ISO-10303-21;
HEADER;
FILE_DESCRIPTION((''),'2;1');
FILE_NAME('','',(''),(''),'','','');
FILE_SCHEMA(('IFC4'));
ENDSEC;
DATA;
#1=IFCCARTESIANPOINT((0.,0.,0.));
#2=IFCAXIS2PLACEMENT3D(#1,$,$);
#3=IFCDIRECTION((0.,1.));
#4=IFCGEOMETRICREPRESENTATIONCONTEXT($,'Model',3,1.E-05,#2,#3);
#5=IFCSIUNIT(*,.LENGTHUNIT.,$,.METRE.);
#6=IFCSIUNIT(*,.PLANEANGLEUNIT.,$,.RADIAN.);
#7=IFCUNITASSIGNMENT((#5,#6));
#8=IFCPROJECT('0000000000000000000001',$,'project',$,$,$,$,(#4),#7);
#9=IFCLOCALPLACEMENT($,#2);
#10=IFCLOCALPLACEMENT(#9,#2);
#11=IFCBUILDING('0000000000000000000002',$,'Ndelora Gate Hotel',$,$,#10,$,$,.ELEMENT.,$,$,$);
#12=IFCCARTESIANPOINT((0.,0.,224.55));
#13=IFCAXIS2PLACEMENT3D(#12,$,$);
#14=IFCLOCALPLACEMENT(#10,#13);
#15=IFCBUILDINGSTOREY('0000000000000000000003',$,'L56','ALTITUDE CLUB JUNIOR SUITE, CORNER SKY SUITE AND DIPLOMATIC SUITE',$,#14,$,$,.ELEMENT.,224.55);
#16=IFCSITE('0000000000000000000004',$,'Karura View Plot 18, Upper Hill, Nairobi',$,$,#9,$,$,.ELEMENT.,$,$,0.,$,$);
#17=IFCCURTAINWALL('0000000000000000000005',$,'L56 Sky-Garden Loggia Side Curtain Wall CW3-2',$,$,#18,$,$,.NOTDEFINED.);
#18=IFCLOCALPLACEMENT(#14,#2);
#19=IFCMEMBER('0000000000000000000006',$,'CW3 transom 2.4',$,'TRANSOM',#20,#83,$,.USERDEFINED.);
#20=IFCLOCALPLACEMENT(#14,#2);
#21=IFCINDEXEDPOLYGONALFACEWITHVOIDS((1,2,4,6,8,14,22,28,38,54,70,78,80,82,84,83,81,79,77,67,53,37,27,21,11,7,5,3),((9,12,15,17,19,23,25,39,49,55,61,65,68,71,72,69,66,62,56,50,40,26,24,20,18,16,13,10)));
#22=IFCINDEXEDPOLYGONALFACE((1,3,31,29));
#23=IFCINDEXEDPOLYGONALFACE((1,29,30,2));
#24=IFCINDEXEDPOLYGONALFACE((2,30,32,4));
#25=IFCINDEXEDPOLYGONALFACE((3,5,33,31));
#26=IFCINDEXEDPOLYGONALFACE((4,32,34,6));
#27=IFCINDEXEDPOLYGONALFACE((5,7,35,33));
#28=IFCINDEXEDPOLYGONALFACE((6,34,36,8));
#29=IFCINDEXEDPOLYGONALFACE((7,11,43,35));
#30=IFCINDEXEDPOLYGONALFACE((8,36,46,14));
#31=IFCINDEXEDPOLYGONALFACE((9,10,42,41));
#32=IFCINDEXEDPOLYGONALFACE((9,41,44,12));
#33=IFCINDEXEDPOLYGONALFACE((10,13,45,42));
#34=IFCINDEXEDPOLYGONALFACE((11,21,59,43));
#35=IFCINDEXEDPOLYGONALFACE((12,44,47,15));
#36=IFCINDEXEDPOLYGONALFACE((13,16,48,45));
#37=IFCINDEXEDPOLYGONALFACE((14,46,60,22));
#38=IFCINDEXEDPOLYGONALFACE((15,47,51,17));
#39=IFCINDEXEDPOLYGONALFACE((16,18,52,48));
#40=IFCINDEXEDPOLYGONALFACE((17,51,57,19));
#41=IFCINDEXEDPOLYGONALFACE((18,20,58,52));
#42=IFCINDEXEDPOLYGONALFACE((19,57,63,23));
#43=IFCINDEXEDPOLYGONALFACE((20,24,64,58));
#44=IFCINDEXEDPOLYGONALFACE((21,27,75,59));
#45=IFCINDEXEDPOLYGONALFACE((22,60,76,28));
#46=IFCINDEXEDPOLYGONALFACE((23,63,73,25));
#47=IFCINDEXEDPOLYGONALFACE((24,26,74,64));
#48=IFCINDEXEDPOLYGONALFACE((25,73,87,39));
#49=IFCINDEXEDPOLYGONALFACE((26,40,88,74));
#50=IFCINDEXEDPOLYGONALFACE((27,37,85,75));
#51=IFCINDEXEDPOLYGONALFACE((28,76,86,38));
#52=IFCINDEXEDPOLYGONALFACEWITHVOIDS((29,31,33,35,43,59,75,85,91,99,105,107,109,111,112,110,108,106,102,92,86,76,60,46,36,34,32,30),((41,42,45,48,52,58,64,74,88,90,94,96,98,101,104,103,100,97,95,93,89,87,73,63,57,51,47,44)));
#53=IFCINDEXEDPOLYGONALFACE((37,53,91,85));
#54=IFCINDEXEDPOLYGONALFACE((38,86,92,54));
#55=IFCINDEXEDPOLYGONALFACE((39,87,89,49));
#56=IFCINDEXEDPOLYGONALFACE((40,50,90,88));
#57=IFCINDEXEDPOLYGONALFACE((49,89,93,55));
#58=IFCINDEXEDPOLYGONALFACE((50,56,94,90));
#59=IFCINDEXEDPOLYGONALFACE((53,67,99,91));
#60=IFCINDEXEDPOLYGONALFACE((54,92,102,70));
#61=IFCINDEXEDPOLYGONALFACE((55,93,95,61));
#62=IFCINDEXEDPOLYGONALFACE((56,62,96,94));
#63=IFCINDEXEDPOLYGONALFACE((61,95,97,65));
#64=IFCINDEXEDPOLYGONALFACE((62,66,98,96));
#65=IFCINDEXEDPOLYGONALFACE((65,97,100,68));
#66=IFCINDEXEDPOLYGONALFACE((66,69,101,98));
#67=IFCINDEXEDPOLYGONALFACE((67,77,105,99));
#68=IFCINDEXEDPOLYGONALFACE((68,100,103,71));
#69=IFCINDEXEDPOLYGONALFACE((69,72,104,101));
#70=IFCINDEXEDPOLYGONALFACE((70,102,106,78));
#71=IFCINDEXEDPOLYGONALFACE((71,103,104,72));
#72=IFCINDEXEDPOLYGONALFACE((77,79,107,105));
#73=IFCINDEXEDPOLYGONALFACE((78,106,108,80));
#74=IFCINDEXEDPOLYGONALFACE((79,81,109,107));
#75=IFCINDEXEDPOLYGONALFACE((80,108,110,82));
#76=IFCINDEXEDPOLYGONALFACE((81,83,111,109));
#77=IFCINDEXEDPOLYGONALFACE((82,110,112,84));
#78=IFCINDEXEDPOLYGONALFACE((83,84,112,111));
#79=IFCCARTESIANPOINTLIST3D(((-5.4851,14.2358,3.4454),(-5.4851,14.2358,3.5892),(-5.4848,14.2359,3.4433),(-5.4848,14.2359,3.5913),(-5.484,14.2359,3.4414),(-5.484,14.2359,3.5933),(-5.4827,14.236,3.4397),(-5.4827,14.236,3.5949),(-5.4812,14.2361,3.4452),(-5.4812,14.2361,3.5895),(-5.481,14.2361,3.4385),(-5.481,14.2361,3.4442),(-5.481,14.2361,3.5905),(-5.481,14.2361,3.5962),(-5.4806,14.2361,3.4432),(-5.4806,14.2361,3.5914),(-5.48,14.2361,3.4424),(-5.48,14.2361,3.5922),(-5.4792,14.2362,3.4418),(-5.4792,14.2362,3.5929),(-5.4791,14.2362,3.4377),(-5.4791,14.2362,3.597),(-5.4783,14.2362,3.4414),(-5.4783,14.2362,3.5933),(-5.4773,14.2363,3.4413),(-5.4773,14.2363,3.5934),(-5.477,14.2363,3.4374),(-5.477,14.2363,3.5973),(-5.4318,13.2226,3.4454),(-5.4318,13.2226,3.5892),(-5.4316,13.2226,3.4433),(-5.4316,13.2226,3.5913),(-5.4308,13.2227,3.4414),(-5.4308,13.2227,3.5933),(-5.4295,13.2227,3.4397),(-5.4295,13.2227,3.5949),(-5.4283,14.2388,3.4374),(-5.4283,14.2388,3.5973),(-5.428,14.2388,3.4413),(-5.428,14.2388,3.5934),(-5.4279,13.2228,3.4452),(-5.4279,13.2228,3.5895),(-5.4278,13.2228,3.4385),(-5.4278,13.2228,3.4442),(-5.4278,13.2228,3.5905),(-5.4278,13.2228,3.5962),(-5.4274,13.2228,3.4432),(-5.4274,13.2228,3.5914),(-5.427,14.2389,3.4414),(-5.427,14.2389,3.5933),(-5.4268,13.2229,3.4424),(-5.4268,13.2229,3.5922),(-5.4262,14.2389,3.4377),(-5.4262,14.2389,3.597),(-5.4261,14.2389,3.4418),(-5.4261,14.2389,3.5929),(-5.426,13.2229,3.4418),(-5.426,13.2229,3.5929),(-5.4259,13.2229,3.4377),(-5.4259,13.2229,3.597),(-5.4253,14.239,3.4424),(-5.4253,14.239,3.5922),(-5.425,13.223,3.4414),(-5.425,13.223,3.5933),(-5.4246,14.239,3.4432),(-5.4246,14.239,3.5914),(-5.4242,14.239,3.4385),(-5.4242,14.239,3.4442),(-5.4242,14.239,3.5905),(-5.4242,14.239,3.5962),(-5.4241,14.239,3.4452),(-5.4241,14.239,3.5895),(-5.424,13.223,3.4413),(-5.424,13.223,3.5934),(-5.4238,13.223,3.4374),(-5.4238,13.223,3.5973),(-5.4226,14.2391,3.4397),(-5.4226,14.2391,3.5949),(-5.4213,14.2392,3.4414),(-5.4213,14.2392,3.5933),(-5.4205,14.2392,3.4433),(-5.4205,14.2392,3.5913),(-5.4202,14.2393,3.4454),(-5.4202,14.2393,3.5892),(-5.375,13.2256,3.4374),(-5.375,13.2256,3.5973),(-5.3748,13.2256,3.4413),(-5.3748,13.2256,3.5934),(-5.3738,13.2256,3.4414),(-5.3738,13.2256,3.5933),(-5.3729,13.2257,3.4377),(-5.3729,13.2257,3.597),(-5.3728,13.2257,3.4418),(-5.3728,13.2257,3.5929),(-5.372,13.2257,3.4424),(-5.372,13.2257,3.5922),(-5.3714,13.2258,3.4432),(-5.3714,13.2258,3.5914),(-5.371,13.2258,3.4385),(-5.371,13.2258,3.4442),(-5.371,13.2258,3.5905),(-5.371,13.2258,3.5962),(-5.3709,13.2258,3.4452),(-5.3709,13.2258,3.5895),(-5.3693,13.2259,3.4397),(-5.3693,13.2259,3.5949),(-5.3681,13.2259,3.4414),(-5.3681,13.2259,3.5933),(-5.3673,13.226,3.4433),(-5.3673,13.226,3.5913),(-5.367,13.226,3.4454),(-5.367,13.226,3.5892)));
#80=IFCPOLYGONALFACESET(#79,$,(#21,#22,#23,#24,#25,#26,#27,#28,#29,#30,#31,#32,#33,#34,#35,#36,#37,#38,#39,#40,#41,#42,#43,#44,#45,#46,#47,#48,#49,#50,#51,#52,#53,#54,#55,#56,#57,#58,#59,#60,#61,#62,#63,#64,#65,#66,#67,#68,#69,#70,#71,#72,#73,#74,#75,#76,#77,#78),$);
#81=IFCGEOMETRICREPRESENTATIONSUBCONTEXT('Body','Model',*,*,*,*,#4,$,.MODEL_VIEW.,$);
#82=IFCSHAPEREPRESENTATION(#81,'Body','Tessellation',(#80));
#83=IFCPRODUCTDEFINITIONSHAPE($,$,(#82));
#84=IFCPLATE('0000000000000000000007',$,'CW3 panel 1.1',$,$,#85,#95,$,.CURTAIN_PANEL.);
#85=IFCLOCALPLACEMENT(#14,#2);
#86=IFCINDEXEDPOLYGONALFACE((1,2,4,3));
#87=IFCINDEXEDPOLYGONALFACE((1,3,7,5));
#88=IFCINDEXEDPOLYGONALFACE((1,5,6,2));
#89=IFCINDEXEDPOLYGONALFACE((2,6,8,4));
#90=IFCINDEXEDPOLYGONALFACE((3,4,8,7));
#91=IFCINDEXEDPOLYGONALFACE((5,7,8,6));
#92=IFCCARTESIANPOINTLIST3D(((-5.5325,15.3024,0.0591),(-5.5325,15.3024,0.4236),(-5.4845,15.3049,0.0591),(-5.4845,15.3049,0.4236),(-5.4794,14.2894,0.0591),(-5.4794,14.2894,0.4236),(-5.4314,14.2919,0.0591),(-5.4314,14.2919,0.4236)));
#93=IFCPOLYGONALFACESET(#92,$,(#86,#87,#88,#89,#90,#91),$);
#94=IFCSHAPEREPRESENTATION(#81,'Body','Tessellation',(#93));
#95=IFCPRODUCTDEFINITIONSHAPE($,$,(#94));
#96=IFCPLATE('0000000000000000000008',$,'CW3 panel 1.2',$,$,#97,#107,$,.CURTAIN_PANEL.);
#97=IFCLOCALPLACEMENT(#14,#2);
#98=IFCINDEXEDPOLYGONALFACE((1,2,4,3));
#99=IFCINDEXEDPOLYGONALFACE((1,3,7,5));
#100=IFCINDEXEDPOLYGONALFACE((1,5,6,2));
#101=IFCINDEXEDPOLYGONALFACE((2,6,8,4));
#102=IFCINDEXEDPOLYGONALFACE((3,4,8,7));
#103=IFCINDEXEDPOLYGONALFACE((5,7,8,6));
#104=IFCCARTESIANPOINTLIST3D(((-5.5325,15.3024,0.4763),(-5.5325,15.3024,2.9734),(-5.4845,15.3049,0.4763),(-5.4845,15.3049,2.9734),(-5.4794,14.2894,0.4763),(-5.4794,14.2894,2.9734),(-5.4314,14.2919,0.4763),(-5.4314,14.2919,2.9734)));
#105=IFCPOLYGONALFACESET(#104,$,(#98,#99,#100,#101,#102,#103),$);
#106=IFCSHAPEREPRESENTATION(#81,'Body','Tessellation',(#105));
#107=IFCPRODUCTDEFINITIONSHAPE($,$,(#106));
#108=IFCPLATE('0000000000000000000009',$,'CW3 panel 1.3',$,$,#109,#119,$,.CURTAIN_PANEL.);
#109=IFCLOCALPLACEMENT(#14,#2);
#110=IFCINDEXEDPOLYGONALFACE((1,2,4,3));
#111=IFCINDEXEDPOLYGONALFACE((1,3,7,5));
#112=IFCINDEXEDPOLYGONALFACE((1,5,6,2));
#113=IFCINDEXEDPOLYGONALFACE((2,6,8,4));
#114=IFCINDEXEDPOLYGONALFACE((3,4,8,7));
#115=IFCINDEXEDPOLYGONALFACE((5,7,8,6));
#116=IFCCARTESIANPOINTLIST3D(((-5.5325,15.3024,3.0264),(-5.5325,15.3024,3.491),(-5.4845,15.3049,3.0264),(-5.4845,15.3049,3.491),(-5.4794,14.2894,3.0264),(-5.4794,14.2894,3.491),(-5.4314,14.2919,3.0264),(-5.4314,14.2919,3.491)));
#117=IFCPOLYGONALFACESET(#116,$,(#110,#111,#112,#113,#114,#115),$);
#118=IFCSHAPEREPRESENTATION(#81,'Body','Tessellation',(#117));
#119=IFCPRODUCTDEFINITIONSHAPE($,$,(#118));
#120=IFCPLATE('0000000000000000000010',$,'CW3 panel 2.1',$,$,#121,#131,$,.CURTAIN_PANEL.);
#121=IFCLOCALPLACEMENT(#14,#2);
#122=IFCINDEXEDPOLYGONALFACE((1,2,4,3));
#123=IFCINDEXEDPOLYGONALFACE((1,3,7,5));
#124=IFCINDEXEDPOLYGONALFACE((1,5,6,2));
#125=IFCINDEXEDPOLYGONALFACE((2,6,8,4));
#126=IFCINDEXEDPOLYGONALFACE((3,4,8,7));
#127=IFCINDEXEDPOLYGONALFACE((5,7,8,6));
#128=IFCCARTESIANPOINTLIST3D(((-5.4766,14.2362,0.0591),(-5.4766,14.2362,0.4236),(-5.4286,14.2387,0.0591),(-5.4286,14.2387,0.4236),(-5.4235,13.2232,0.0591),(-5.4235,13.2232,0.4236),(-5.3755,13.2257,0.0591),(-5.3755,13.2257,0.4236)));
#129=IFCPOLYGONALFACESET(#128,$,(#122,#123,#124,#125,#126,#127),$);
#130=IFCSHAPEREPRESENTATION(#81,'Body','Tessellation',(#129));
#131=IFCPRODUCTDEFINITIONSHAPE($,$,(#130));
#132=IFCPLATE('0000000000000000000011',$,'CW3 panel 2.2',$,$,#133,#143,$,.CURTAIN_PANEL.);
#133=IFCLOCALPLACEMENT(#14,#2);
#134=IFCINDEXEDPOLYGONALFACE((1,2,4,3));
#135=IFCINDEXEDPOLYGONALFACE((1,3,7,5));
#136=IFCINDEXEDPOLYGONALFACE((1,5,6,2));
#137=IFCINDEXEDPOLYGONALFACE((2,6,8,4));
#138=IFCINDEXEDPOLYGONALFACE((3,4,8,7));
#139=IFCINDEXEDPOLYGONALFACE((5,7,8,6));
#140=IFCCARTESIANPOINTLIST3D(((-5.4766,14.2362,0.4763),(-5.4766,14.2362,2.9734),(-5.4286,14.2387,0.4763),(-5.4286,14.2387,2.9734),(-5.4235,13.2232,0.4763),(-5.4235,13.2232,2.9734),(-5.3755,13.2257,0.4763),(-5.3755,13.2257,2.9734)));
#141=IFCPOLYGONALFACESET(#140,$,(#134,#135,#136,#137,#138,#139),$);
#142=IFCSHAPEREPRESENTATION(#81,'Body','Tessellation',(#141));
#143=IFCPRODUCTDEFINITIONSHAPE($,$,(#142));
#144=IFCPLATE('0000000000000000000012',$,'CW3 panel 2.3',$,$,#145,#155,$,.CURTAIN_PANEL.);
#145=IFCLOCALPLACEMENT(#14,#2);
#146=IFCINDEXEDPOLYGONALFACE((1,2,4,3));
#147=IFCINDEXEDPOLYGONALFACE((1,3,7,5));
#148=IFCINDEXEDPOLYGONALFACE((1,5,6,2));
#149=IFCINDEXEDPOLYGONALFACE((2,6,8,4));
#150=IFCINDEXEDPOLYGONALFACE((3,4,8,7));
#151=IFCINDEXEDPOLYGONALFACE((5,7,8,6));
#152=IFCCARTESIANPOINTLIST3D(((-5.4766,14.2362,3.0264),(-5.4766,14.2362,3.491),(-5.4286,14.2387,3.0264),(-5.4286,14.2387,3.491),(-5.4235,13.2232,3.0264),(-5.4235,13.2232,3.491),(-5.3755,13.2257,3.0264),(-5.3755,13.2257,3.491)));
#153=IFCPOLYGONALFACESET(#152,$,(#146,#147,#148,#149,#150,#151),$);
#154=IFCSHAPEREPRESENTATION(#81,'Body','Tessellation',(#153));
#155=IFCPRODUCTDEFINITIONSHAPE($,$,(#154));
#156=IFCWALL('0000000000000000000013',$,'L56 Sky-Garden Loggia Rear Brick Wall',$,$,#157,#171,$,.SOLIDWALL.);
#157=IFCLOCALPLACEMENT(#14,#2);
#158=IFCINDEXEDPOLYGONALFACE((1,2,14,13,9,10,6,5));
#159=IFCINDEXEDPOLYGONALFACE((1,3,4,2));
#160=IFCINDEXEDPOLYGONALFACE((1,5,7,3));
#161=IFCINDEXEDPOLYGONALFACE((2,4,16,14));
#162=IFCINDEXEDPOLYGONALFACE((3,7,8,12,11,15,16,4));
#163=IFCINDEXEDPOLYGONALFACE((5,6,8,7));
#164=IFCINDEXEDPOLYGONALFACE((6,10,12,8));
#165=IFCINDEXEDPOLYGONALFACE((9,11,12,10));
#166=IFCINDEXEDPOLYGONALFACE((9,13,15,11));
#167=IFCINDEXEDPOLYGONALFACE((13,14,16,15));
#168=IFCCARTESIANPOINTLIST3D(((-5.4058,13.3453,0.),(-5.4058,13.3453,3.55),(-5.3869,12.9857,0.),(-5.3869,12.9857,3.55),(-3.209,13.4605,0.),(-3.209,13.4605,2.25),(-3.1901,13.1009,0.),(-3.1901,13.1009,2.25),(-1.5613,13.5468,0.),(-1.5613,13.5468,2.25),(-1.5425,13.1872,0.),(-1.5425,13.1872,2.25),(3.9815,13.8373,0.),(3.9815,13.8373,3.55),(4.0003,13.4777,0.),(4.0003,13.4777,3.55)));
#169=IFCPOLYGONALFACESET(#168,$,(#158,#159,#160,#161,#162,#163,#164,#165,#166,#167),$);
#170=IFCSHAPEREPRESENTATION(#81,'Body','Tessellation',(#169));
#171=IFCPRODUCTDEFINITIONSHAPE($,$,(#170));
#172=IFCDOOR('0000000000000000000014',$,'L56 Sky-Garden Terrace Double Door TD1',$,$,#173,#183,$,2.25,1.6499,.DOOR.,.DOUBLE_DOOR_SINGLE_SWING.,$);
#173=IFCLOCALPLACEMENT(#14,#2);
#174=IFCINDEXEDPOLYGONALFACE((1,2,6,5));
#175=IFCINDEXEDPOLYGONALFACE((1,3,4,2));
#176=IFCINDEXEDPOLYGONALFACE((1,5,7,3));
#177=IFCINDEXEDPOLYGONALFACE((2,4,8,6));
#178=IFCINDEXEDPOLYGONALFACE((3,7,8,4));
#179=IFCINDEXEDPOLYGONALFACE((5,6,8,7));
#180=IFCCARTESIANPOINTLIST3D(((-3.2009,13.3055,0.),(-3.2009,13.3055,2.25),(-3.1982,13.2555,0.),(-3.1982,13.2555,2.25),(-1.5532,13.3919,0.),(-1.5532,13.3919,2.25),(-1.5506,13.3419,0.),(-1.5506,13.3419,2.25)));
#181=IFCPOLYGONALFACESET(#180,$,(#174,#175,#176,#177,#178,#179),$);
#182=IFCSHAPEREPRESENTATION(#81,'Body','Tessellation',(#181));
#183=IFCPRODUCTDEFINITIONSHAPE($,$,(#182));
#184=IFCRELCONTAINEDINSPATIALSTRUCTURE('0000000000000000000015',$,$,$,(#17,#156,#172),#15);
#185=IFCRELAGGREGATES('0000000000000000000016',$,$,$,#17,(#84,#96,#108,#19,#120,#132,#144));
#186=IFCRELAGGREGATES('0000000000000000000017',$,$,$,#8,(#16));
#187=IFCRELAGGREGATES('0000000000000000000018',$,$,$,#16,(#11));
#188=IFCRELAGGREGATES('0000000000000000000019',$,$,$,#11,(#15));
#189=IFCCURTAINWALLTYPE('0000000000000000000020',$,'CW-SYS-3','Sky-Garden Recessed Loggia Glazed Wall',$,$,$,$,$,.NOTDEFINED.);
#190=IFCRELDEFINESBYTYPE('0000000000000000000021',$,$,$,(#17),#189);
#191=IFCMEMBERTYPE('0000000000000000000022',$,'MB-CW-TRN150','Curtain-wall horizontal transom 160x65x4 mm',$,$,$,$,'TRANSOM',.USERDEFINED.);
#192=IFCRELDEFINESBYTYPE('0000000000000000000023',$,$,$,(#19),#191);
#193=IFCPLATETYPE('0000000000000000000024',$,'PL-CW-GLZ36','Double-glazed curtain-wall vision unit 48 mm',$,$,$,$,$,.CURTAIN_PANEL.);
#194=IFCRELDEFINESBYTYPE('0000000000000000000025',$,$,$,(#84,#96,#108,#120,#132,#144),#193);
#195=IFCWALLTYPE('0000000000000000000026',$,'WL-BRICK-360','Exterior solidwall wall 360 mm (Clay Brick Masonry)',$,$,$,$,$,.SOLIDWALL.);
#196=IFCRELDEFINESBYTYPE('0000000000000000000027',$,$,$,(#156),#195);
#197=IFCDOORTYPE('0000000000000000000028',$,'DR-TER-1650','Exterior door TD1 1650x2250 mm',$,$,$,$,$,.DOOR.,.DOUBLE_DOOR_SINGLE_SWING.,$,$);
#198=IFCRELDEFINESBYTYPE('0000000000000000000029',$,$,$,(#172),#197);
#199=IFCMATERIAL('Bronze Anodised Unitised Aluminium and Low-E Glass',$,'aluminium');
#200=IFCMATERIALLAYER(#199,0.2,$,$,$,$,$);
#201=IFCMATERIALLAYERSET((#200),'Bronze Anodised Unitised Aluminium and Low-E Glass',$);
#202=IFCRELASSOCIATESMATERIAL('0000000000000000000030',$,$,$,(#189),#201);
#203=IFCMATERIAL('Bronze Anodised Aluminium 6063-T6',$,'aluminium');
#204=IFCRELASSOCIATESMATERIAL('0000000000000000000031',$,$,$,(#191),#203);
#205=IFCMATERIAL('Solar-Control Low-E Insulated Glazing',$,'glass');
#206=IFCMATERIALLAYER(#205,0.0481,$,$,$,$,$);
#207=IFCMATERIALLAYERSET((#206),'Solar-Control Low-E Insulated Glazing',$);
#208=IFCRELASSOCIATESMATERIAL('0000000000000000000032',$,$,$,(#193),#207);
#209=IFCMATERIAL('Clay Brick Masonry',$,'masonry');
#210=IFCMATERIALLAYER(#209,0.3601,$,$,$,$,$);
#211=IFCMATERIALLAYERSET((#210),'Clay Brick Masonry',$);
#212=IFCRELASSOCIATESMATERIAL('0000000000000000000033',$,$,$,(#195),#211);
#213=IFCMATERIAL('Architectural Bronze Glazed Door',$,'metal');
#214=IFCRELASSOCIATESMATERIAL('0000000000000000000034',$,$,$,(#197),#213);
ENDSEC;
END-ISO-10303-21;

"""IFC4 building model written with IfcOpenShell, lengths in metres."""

from ifc_helpers import new_model, si_unit, direction, frame, frame_2d, origin, origin_2d, place, context, subcontext, project, spatial, rectangle, hollow_rectangle, extrude, material, layer, layer_set, material_profile, profile_set, type_object, element, fill, aggregate, save


model = new_model("IFC4")

# Units and contexts
model_context = context("Model", 3, precision=1e-05, world=origin(), true_north=direction((0.0, 1.0)))
body_context = subcontext(model_context, "Body", "Model", "MODEL_VIEW")
ifc_project = project(units=[si_unit("LENGTHUNIT", "METRE"), si_unit("PLANEANGLEUNIT", "RADIAN")], contexts=[model_context])

# Site, building, storey
site_placement = place(None, origin())
site = spatial("IfcSite", under=ifc_project, at=site_placement, Name="Karura View Plot 18, Upper Hill, Nairobi", CompositionType="ELEMENT", RefElevation=0.0)
building_placement = place(site_placement, origin())
building = spatial("IfcBuilding", under=site, at=building_placement, Name="Ndelora Gate Hotel", CompositionType="ELEMENT")
storey_placement = place(building_placement, frame((0.0, 0.0, 224.55)))
storey = spatial("IfcBuildingStorey", under=building, at=storey_placement, Name="L56", Description="ALTITUDE CLUB JUNIOR SUITE, CORNER SKY SUITE AND DIPLOMATIC SUITE", CompositionType="ELEMENT", Elevation=224.55)

# Curtain wall, member, plates
ifc_material_1 = material(Name="Bronze Anodised Unitised Aluminium and Low-E Glass", Category="aluminium")
ifc_layer_1 = layer(ifc_material_1, 0.2)
ifc_layer_set_1 = layer_set([ifc_layer_1], Name="Bronze Anodised Unitised Aluminium and Low-E Glass")
curtain_wall_type = type_object("IfcCurtainWallType", Name="CW-SYS-3", Description="Sky-Garden Recessed Loggia Glazed Wall", PredefinedType="NOTDEFINED", material=ifc_layer_set_1)
curtain_wall_placement = place(storey_placement, origin())
curtain_wall = element("IfcCurtainWall", 1, at=curtain_wall_placement, inside=storey, type_object=curtain_wall_type, Name="L56 Sky-Garden Loggia Side Curtain Wall CW3-2", PredefinedType="NOTDEFINED")
ifc_material_2 = material(Name="Bronze Anodised Aluminium 6063-T6", Category="aluminium")
ifc_material_profile_1 = material_profile(ifc_material_2, hollow_rectangle(XDim=0.0649, YDim=0.1599, WallThickness=0.0039, InnerFilletRadius=0.0039, OuterFilletRadius=0.0081, at=origin_2d()), Name="ALU 160x65x4")
ifc_profile_set_1 = profile_set([ifc_material_profile_1], Name="Bronze Anodised Aluminium 6063-T6")
member_type_1 = type_object("IfcMemberType", Name="MB-CW-TRN150", Description="Curtain-wall horizontal transom 160x65x4 mm", ElementType="TRANSOM", PredefinedType="USERDEFINED", material=ifc_profile_set_1)
member_1_placement = place(storey_placement, frame((-5.4526, 14.2375, 3.5173), z_axis=(0.052458, -0.998623, 0.0), x_axis=(0.998623, 0.052458, 0.0)))
member_1 = element("IfcMember", 2, at=member_1_placement, type_object=member_type_1, Name="CW3 transom 2.4", ObjectType="TRANSOM", PredefinedType="USERDEFINED", context=body_context, shape_type="SweptSolid", body=[
    extrude(hollow_rectangle(XDim=0.0649, YDim=0.1599, WallThickness=0.0039, InnerFilletRadius=0.0039, OuterFilletRadius=0.0081, at=origin_2d()), origin(), (0.0, 0.0, 1.0), 1.0146),
])
ifc_material_3 = material(Name="Solar-Control Low-E Insulated Glazing", Category="glass")
ifc_layer_2 = layer(ifc_material_3, 0.0481)
ifc_layer_set_2 = layer_set([ifc_layer_2], Name="Solar-Control Low-E Insulated Glazing")
plate_type = type_object("IfcPlateType", Name="PL-CW-GLZ36", Description="Double-glazed curtain-wall vision unit 48 mm", PredefinedType="CURTAIN_PANEL", material=ifc_layer_set_2)
plate_1_placement = place(storey_placement, frame((-5.4819, 14.7971, 0.0591), z_axis=(0.0, 0.0, 1.0), x_axis=(0.052363, -0.998628, 0.0)))
plate_1 = element("IfcPlate", 3, at=plate_1_placement, type_object=plate_type, Name="CW3 panel 1.1", PredefinedType="CURTAIN_PANEL", context=body_context, shape_type="SweptSolid", body=[
    extrude(rectangle(XDim=1.0144, YDim=0.0481, at=origin_2d()), origin(), (0.0, 0.0, 1.0), 0.3645),
])
plate_2_placement = place(storey_placement, frame((-5.4819, 14.7971, 0.4763), z_axis=(0.0, 0.0, 1.0), x_axis=(0.052363, -0.998628, 0.0)))
plate_2 = element("IfcPlate", 4, at=plate_2_placement, type_object=plate_type, Name="CW3 panel 1.2", PredefinedType="CURTAIN_PANEL", context=body_context, shape_type="SweptSolid", body=[
    extrude(rectangle(XDim=1.0144, YDim=0.0481, at=origin_2d()), origin(), (0.0, 0.0, 1.0), 2.4971),
])
plate_3_placement = place(storey_placement, frame((-5.4819, 14.7971, 3.0264), z_axis=(0.0, 0.0, 1.0), x_axis=(0.052363, -0.998628, 0.0)))
plate_3 = element("IfcPlate", 5, at=plate_3_placement, type_object=plate_type, Name="CW3 panel 1.3", PredefinedType="CURTAIN_PANEL", context=body_context, shape_type="SweptSolid", body=[
    extrude(rectangle(XDim=1.0144, YDim=0.0481, at=origin_2d()), origin(), (0.0, 0.0, 1.0), 0.4646),
])
plate_4_placement = place(storey_placement, frame((-5.426, 13.731, 0.0591), z_axis=(0.0, 0.0, 1.0), x_axis=(0.052363, -0.998628, 0.0)))
plate_4 = element("IfcPlate", 6, at=plate_4_placement, type_object=plate_type, Name="CW3 panel 2.1", PredefinedType="CURTAIN_PANEL", context=body_context, shape_type="SweptSolid", body=[
    extrude(rectangle(XDim=1.0144, YDim=0.0481, at=origin_2d()), origin(), (0.0, 0.0, 1.0), 0.3645),
])
plate_5_placement = place(storey_placement, frame((-5.426, 13.731, 0.4763), z_axis=(0.0, 0.0, 1.0), x_axis=(0.052363, -0.998628, 0.0)))
plate_5 = element("IfcPlate", 7, at=plate_5_placement, type_object=plate_type, Name="CW3 panel 2.2", PredefinedType="CURTAIN_PANEL", context=body_context, shape_type="SweptSolid", body=[
    extrude(rectangle(XDim=1.0144, YDim=0.0481, at=origin_2d()), origin(), (0.0, 0.0, 1.0), 2.4971),
])
plate_6_placement = place(storey_placement, frame((-5.426, 13.731, 3.0264), z_axis=(0.0, 0.0, 1.0), x_axis=(0.052363, -0.998628, 0.0)))
plate_6 = element("IfcPlate", 8, at=plate_6_placement, type_object=plate_type, Name="CW3 panel 2.3", PredefinedType="CURTAIN_PANEL", context=body_context, shape_type="SweptSolid", body=[
    extrude(rectangle(XDim=1.0144, YDim=0.0481, at=origin_2d()), origin(), (0.0, 0.0, 1.0), 0.4646),
])
aggregate(curtain_wall, [plate_1, plate_2, plate_3, member_1, plate_4, plate_5, plate_6])

# Wall, opening, door
ifc_material_4 = material(Name="Clay Brick Masonry", Category="masonry")
ifc_layer_3 = layer(ifc_material_4, 0.3601)
ifc_layer_set_3 = layer_set([ifc_layer_3], Name="Clay Brick Masonry")
wall_type = type_object("IfcWallType", Name="WL-BRICK-360", Description="Exterior solidwall wall 360 mm (Clay Brick Masonry)", PredefinedType="SOLIDWALL", material=ifc_layer_set_3)
wall_placement = place(storey_placement, frame((-5.3965, 13.1655, 0.0), z_axis=(0.0, 0.0, 1.0), x_axis=(0.99863, 0.052334, 0.0)))
wall = element("IfcWall", 9, at=wall_placement, inside=storey, type_object=wall_type, Name="L56 Sky-Garden Loggia Rear Brick Wall", PredefinedType="SOLIDWALL", context=body_context, shape_type="SweptSolid", body=[
    extrude(rectangle(XDim=9.4001, YDim=0.3601, at=frame_2d((4.7002, 0.0))), origin(), (0.0, 0.0, 1.0), 3.55),
])
opening_placement = place(wall_placement, frame((2.2, 0.0, 0.0)))
opening = element("IfcOpeningElement", 10, at=opening_placement, cuts=wall, PredefinedType="OPENING", context=body_context, shape_type="SweptSolid", body=[
    extrude(rectangle(XDim=1.6499, YDim=2.25, at=frame_2d((0.825, 1.125))), frame((0.0, 0.1899, 0.0), z_axis=(0.0, -1.0, 0.0), x_axis=(1.0, 0.0, 0.0)), (0.0, 0.0, 1.0), 0.3801),
])
ifc_material_5 = material(Name="Architectural Bronze Glazed Door", Category="metal")
door_type = type_object("IfcDoorType", Name="DR-TER-1650", Description="Exterior door TD1 1650x2250 mm", OperationType="DOUBLE_DOOR_SINGLE_SWING", PredefinedType="DOOR", material=ifc_material_5)
door_placement = place(opening_placement, origin())
door = element("IfcDoor", 11, at=door_placement, inside=storey, type_object=door_type, Name="L56 Sky-Garden Terrace Double Door TD1", OperationType="DOUBLE_DOOR_SINGLE_SWING", OverallHeight=2.25, OverallWidth=1.6499, PredefinedType="DOOR", context=body_context, shape_type="SweptSolid", body=[
    extrude(rectangle(XDim=1.6499, YDim=2.25, at=frame_2d((0.825, 1.125))), frame((0.0, 0.0249, 0.0), z_axis=(0.0, -1.0, 0.0), x_axis=(1.0, 0.0, 0.0)), (0.0, 0.0, 1.0), 0.05),
])
fill(opening, door)

save(model, "model.ifc")
